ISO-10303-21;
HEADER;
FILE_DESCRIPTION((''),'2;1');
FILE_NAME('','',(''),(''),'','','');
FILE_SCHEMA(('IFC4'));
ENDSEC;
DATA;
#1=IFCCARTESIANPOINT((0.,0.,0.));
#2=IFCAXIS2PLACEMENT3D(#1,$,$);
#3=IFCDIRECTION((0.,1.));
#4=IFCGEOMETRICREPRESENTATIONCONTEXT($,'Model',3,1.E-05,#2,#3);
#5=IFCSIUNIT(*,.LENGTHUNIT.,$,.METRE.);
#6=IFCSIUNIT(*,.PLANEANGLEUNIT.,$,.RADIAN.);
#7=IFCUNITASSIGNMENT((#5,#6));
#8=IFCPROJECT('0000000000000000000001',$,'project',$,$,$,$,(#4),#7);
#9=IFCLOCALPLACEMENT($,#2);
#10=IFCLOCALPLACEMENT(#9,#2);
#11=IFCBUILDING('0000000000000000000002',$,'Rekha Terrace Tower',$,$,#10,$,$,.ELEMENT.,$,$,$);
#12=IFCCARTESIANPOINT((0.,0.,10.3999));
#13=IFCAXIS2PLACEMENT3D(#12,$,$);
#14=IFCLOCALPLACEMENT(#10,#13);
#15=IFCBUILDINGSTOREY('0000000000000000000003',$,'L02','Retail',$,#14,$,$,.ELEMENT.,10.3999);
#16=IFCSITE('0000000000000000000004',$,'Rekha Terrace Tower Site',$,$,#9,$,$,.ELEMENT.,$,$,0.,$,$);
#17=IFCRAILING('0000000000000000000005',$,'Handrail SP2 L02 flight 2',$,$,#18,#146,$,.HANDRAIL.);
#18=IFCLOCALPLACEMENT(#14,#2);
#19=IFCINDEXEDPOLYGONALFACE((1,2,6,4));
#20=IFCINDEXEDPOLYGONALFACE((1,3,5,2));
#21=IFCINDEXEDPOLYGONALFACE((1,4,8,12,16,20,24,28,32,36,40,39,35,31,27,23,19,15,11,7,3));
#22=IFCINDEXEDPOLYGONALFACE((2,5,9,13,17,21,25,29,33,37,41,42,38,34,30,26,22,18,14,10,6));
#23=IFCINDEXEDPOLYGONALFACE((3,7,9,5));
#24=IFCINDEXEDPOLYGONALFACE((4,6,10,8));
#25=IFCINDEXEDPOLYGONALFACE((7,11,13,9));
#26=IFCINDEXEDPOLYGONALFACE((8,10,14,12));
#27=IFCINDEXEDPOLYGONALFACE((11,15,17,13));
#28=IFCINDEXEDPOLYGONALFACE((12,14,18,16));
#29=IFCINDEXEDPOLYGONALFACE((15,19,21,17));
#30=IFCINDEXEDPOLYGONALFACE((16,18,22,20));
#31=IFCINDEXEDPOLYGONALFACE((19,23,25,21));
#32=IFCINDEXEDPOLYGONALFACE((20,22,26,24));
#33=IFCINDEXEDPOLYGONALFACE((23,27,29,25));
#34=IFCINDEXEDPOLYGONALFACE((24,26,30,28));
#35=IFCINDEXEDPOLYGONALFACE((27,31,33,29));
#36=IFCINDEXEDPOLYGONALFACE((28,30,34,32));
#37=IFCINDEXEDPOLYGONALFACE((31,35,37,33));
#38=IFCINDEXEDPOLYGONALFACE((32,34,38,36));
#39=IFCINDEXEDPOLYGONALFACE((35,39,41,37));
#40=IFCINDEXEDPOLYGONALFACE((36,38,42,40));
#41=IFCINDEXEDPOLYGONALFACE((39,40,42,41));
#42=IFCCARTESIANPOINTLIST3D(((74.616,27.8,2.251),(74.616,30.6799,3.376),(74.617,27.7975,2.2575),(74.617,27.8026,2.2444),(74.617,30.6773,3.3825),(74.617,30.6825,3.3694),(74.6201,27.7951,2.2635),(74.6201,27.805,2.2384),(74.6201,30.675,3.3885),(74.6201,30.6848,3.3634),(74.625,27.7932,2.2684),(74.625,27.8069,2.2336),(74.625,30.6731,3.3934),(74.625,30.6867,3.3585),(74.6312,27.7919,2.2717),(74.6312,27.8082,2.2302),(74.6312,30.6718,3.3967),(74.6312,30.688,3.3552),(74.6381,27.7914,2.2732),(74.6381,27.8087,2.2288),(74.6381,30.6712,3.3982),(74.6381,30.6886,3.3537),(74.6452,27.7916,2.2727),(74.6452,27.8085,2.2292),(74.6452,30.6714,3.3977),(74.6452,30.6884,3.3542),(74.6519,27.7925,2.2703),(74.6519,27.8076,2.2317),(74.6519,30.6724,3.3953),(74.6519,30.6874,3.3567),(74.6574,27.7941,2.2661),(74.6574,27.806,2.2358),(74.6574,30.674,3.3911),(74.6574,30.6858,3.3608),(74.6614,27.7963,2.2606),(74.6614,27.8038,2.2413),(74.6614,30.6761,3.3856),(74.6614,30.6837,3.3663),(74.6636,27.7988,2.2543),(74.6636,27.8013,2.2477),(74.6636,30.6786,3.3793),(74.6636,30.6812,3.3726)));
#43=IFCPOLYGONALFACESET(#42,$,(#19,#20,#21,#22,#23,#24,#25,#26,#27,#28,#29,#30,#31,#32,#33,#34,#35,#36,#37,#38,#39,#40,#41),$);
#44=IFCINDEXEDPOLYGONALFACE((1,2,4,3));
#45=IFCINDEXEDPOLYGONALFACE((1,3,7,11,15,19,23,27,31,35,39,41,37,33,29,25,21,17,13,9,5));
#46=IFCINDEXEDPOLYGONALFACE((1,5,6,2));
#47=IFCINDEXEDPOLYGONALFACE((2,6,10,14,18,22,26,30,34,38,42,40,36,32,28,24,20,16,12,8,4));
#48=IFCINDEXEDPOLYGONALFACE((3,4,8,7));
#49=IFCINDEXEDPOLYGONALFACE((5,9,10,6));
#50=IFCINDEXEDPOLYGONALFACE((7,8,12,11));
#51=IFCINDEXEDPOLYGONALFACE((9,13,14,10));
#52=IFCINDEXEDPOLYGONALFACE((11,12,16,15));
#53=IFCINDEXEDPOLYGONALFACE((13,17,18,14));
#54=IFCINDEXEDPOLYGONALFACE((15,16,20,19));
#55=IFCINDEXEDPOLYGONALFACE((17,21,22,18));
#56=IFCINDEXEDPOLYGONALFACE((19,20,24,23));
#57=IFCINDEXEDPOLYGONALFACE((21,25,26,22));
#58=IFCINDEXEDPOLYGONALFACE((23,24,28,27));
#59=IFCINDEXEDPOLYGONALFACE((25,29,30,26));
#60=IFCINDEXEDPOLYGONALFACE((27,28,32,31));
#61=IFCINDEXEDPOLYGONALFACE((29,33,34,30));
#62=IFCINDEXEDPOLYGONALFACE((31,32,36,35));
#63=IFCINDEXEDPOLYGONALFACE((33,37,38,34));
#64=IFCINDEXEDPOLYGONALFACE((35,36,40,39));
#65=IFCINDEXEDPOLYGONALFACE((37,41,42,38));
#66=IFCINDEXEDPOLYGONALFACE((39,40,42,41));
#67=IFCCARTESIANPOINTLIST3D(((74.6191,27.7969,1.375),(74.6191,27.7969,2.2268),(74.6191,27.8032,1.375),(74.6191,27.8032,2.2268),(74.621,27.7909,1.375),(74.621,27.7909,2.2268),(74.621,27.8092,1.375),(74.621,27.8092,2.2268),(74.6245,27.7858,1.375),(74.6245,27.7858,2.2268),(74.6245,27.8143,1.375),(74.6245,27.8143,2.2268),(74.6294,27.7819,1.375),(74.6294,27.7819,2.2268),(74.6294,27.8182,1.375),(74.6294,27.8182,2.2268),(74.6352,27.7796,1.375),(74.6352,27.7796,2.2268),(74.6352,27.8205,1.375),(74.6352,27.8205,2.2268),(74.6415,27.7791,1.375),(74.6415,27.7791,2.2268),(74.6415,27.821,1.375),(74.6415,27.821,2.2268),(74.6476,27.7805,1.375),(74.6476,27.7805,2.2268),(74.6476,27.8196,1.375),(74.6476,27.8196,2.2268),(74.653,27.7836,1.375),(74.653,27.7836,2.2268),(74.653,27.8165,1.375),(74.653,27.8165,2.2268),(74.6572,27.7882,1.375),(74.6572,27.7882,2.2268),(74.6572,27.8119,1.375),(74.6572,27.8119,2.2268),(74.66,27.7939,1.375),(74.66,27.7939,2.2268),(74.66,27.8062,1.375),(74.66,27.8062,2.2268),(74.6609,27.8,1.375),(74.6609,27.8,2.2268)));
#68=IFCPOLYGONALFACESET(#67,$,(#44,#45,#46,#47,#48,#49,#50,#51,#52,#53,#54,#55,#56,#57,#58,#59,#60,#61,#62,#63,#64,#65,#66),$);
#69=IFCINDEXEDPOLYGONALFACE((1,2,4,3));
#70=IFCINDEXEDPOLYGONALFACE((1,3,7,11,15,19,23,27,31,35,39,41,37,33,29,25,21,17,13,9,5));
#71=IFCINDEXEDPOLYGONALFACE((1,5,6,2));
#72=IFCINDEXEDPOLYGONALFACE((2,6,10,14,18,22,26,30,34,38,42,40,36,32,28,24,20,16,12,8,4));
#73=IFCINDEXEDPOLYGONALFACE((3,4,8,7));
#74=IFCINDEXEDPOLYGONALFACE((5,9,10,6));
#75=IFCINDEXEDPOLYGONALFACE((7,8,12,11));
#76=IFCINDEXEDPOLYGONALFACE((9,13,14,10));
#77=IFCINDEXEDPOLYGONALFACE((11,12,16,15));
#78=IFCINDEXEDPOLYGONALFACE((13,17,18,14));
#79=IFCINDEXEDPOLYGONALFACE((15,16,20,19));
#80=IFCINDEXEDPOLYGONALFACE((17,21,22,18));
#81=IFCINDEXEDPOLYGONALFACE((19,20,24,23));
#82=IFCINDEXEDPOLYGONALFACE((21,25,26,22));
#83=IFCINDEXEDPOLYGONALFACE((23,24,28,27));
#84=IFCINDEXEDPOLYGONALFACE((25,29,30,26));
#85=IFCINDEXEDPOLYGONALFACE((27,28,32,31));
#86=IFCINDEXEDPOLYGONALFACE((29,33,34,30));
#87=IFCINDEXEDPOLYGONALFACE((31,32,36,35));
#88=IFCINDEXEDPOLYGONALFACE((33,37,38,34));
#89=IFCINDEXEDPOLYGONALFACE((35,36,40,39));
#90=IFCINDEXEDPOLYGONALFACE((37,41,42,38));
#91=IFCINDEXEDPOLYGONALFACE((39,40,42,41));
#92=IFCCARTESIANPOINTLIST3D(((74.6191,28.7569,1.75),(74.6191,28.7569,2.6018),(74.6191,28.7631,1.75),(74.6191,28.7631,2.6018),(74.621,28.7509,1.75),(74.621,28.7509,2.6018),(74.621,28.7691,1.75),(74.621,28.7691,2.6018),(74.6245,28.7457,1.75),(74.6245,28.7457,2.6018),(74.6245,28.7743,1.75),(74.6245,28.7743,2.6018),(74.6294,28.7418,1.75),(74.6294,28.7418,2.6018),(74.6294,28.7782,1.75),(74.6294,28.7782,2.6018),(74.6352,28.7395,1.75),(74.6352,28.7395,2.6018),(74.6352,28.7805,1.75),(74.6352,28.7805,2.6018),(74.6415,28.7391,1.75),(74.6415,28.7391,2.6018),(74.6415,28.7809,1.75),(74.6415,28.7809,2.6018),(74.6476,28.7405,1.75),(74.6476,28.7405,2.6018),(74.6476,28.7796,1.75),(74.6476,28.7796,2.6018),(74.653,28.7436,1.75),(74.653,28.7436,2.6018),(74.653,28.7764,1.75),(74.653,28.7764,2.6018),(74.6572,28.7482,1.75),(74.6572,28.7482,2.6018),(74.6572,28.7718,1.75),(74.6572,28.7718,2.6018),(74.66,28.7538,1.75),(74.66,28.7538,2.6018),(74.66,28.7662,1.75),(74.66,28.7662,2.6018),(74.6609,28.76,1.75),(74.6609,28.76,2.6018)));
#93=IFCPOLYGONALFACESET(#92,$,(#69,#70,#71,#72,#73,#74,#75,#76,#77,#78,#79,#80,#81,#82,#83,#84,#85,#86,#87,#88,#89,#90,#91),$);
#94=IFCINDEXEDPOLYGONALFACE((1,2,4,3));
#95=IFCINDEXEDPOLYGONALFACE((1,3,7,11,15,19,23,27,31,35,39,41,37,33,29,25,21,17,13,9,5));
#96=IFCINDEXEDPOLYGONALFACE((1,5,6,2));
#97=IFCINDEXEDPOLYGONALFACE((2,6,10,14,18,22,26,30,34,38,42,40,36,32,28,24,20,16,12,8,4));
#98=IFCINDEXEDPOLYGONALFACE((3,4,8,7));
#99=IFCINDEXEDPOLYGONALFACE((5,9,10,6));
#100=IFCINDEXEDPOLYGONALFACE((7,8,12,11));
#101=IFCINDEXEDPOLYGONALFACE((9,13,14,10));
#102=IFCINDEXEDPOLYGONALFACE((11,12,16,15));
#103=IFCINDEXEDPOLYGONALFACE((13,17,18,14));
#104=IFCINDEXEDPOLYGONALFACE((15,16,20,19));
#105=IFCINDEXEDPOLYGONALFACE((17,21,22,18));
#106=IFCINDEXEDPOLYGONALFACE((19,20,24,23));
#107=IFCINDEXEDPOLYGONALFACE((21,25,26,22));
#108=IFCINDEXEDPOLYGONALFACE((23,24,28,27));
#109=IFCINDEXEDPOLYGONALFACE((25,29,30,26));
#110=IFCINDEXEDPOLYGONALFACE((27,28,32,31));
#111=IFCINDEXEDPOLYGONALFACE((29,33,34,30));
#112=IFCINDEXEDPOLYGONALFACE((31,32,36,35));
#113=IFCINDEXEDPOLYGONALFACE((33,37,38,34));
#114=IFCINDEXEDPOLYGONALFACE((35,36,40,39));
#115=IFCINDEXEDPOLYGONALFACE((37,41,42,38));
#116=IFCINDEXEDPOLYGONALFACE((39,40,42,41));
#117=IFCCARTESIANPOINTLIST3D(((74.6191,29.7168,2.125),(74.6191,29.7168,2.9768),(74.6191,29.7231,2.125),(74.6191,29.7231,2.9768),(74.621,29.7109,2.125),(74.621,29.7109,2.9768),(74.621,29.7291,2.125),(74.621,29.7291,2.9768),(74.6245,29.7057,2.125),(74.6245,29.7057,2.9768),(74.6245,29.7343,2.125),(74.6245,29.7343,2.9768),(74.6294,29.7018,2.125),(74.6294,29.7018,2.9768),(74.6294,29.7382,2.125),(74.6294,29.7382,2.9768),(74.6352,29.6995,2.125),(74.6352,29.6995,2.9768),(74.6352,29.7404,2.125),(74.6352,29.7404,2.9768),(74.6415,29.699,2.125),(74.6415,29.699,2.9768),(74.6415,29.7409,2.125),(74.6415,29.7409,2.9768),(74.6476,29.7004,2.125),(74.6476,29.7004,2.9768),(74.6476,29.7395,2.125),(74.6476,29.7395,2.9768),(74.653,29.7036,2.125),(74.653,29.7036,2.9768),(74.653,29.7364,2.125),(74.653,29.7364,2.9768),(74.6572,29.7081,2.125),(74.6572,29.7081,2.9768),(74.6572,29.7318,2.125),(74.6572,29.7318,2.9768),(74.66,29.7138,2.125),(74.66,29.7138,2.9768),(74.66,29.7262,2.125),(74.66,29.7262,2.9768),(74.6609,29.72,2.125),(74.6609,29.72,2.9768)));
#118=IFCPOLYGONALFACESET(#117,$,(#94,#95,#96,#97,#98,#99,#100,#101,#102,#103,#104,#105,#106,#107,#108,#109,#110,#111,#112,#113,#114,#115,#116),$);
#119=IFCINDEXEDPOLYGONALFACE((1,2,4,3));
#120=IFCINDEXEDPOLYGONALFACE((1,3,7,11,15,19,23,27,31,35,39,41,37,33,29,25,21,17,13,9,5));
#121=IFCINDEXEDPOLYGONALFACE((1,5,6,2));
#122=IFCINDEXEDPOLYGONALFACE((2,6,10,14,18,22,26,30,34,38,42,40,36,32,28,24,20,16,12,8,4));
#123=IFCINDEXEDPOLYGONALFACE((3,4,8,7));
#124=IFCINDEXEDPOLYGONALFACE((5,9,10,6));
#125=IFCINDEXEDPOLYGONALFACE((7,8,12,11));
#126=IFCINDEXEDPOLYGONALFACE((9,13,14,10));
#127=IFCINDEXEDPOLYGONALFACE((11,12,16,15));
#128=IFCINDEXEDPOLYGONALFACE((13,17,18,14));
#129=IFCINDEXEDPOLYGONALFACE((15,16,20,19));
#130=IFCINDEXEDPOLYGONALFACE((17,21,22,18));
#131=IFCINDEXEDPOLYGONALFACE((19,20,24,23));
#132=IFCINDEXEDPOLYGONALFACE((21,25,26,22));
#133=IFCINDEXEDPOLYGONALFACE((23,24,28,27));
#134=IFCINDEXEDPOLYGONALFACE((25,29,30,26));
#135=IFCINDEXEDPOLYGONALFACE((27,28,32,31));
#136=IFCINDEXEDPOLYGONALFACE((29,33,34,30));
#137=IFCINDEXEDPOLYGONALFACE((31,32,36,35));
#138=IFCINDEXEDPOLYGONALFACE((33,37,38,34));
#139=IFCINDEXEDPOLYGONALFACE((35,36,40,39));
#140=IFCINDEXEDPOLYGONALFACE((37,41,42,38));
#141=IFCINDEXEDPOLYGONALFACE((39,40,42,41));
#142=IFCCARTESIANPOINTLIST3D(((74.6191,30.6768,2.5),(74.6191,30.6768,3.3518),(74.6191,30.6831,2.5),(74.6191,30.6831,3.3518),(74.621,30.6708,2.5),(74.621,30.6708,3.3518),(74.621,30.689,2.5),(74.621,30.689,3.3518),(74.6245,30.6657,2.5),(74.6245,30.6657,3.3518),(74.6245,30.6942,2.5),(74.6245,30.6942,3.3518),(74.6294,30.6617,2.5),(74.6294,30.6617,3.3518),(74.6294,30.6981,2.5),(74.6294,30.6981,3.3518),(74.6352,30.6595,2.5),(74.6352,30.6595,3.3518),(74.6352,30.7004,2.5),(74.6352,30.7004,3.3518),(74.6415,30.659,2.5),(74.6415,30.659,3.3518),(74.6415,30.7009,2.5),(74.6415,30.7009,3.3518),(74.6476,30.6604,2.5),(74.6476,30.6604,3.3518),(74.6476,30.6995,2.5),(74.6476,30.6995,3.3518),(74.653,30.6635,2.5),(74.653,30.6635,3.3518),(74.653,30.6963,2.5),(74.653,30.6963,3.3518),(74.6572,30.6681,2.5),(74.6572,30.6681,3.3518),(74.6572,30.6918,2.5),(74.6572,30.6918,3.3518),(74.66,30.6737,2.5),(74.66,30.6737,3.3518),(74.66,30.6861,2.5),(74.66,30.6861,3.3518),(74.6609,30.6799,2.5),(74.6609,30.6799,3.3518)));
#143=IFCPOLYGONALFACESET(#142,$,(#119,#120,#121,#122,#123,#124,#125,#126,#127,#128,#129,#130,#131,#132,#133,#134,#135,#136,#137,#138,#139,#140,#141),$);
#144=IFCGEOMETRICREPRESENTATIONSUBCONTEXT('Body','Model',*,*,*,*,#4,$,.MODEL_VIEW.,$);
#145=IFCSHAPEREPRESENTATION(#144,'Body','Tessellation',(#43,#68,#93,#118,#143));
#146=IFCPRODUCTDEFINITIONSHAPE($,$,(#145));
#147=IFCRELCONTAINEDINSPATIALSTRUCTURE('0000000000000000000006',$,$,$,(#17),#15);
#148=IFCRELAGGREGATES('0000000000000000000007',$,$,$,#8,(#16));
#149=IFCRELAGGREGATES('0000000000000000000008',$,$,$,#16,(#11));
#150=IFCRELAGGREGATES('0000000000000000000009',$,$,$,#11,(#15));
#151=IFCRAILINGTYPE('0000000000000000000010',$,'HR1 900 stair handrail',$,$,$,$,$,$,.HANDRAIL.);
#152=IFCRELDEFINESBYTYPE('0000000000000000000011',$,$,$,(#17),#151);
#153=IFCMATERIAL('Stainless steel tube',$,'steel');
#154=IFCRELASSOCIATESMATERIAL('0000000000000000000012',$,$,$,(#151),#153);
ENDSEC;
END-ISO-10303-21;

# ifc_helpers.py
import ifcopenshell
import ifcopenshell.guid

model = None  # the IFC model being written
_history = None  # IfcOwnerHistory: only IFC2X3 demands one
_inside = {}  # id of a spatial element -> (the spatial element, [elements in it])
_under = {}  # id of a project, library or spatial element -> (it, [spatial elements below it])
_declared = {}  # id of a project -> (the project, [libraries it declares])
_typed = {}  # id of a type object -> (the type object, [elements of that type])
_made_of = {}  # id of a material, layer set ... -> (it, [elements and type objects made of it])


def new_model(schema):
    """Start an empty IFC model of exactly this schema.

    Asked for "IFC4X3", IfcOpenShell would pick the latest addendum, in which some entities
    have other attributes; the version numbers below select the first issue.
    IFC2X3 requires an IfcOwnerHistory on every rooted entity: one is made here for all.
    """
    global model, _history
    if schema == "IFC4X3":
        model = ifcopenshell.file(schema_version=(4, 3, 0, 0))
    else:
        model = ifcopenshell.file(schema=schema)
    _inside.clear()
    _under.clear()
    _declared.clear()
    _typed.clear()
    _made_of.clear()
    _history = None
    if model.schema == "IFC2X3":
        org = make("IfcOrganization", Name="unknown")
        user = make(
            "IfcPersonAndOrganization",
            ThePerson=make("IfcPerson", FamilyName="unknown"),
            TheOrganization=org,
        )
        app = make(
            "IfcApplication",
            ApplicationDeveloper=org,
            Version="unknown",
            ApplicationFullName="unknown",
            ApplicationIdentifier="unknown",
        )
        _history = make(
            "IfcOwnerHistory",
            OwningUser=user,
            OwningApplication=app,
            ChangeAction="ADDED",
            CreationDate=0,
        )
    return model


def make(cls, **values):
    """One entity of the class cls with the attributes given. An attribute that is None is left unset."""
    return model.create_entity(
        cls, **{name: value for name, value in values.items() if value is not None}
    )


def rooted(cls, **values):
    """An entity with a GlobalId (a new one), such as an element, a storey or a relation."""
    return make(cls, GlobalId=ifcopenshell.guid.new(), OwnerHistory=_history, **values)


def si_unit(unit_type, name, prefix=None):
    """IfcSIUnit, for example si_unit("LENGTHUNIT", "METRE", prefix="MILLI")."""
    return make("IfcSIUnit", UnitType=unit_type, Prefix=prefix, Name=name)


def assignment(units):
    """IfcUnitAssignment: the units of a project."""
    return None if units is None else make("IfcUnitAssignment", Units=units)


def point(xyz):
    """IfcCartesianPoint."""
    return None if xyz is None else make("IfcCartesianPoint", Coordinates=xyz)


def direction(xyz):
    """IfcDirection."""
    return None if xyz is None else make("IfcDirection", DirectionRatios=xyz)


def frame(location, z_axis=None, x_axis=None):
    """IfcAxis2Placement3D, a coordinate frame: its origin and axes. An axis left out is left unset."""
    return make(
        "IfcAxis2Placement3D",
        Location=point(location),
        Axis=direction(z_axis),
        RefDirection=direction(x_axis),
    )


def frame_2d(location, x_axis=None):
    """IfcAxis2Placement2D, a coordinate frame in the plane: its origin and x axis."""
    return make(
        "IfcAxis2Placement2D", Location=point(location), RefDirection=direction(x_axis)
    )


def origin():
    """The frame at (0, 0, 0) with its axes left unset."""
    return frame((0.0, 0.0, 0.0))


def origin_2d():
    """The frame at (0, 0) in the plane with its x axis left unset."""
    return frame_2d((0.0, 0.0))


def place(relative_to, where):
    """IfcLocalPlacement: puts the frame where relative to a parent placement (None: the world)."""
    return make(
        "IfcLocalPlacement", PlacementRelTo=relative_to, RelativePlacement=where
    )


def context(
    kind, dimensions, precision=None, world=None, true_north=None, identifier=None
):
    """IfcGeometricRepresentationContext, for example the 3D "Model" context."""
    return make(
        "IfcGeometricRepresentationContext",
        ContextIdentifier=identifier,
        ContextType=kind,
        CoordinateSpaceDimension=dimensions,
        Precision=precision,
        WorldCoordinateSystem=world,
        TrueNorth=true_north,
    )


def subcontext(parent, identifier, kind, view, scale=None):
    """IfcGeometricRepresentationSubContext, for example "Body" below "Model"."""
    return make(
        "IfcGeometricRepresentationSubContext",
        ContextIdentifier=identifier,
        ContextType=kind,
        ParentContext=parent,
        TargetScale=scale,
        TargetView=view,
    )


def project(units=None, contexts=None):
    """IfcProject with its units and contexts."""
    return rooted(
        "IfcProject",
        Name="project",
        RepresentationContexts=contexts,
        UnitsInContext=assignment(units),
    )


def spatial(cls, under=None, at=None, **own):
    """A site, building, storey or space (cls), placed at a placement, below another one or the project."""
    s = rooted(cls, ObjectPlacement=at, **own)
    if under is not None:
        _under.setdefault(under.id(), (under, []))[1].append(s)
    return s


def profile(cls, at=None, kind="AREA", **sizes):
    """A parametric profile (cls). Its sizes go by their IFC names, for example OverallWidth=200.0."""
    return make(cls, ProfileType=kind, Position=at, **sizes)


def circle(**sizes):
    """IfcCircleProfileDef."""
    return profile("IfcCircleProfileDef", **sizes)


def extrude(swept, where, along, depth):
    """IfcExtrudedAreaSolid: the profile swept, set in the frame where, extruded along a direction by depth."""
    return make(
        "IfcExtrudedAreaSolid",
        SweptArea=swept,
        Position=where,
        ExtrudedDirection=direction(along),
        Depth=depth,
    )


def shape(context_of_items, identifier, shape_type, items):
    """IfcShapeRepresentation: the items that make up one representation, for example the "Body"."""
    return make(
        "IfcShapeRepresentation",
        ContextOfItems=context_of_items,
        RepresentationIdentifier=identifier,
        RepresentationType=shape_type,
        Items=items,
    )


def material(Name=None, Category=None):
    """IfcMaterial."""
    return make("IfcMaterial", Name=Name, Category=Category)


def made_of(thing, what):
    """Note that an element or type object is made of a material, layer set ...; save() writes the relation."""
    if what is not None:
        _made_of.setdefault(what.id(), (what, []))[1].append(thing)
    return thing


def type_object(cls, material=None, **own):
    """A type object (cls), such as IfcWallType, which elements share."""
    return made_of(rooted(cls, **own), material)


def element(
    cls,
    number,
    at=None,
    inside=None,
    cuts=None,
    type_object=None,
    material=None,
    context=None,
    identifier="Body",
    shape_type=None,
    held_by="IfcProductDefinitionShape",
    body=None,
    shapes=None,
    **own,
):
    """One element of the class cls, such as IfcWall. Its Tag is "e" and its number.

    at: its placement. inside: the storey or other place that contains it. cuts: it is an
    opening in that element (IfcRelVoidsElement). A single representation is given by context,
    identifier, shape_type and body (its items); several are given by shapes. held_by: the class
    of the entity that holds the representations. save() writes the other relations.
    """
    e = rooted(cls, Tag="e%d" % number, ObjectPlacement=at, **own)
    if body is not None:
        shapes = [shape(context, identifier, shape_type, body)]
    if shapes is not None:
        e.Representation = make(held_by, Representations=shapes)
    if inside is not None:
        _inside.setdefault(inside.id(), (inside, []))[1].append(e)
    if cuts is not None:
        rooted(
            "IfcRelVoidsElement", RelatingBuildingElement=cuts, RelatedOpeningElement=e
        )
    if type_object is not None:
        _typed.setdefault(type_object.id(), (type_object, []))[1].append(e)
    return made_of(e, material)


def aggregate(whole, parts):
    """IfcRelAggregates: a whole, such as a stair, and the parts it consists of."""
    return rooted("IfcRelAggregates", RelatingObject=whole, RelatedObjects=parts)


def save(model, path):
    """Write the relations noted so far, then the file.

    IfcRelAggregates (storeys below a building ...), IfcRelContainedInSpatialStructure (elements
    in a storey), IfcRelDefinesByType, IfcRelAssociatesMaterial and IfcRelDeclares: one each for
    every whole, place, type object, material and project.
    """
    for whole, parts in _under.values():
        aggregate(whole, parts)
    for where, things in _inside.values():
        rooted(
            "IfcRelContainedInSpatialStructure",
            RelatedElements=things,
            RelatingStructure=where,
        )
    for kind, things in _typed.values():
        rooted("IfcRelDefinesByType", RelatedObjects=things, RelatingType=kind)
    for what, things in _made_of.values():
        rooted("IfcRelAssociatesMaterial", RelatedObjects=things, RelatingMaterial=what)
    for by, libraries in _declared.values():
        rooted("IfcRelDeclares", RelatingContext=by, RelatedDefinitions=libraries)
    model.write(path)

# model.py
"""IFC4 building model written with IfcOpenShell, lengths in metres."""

from ifc_helpers import new_model, si_unit, direction, frame, origin, origin_2d, place, context, subcontext, project, spatial, circle, extrude, material, type_object, element, save


model = new_model("IFC4")

# Units and contexts
model_context = context("Model", 3, precision=1e-05, world=origin(), true_north=direction((0.0, 1.0)))
body_context = subcontext(model_context, "Body", "Model", "MODEL_VIEW")
ifc_project = project(units=[si_unit("LENGTHUNIT", "METRE"), si_unit("PLANEANGLEUNIT", "RADIAN")], contexts=[model_context])

# Site, building, storey
site_placement = place(None, origin())
site = spatial("IfcSite", under=ifc_project, at=site_placement, Name="Rekha Terrace Tower Site", CompositionType="ELEMENT", RefElevation=0.0)
building_placement = place(site_placement, origin())
building = spatial("IfcBuilding", under=site, at=building_placement, Name="Rekha Terrace Tower", CompositionType="ELEMENT")
storey_placement = place(building_placement, frame((0.0, 0.0, 10.3999)))
storey = spatial("IfcBuildingStorey", under=building, at=storey_placement, Name="L02", Description="Retail", CompositionType="ELEMENT", Elevation=10.3999)

# Railing
ifc_material_1 = material(Name="Stainless steel tube", Category="steel")
railing_type_1 = type_object("IfcRailingType", Name="HR1 900 stair handrail", PredefinedType="HANDRAIL", material=ifc_material_1)
railing_1_placement = place(storey_placement, frame((74.6399, 27.8, 1.375)))
element("IfcRailing", 1, at=railing_1_placement, inside=storey, type_object=railing_type_1, Name="Handrail SP2 L02 flight 2", PredefinedType="HANDRAIL", context=body_context, shape_type="SweptSolid", body=[
    extrude(circle(Radius=0.0239, at=origin_2d()), frame((0.0, 0.0, 0.876), z_axis=(0.0, 0.931452, 0.363863), x_axis=(-1.0, 0.0, 0.0)), (0.0, 0.0, 1.0), 3.0918),
    extrude(circle(Radius=0.021, at=origin_2d()), origin(), (0.0, 0.0, 1.0), 0.8518),
    extrude(circle(Radius=0.021, at=origin_2d()), frame((0.0, 0.96, 0.375)), (0.0, 0.0, 1.0), 0.8518),
    extrude(circle(Radius=0.021, at=origin_2d()), frame((0.0, 1.9199, 0.75)), (0.0, 0.0, 1.0), 0.8518),
    extrude(circle(Radius=0.021, at=origin_2d()), frame((0.0, 2.8799, 1.125)), (0.0, 0.0, 1.0), 0.8518),
])

save(model, "model.ifc")
